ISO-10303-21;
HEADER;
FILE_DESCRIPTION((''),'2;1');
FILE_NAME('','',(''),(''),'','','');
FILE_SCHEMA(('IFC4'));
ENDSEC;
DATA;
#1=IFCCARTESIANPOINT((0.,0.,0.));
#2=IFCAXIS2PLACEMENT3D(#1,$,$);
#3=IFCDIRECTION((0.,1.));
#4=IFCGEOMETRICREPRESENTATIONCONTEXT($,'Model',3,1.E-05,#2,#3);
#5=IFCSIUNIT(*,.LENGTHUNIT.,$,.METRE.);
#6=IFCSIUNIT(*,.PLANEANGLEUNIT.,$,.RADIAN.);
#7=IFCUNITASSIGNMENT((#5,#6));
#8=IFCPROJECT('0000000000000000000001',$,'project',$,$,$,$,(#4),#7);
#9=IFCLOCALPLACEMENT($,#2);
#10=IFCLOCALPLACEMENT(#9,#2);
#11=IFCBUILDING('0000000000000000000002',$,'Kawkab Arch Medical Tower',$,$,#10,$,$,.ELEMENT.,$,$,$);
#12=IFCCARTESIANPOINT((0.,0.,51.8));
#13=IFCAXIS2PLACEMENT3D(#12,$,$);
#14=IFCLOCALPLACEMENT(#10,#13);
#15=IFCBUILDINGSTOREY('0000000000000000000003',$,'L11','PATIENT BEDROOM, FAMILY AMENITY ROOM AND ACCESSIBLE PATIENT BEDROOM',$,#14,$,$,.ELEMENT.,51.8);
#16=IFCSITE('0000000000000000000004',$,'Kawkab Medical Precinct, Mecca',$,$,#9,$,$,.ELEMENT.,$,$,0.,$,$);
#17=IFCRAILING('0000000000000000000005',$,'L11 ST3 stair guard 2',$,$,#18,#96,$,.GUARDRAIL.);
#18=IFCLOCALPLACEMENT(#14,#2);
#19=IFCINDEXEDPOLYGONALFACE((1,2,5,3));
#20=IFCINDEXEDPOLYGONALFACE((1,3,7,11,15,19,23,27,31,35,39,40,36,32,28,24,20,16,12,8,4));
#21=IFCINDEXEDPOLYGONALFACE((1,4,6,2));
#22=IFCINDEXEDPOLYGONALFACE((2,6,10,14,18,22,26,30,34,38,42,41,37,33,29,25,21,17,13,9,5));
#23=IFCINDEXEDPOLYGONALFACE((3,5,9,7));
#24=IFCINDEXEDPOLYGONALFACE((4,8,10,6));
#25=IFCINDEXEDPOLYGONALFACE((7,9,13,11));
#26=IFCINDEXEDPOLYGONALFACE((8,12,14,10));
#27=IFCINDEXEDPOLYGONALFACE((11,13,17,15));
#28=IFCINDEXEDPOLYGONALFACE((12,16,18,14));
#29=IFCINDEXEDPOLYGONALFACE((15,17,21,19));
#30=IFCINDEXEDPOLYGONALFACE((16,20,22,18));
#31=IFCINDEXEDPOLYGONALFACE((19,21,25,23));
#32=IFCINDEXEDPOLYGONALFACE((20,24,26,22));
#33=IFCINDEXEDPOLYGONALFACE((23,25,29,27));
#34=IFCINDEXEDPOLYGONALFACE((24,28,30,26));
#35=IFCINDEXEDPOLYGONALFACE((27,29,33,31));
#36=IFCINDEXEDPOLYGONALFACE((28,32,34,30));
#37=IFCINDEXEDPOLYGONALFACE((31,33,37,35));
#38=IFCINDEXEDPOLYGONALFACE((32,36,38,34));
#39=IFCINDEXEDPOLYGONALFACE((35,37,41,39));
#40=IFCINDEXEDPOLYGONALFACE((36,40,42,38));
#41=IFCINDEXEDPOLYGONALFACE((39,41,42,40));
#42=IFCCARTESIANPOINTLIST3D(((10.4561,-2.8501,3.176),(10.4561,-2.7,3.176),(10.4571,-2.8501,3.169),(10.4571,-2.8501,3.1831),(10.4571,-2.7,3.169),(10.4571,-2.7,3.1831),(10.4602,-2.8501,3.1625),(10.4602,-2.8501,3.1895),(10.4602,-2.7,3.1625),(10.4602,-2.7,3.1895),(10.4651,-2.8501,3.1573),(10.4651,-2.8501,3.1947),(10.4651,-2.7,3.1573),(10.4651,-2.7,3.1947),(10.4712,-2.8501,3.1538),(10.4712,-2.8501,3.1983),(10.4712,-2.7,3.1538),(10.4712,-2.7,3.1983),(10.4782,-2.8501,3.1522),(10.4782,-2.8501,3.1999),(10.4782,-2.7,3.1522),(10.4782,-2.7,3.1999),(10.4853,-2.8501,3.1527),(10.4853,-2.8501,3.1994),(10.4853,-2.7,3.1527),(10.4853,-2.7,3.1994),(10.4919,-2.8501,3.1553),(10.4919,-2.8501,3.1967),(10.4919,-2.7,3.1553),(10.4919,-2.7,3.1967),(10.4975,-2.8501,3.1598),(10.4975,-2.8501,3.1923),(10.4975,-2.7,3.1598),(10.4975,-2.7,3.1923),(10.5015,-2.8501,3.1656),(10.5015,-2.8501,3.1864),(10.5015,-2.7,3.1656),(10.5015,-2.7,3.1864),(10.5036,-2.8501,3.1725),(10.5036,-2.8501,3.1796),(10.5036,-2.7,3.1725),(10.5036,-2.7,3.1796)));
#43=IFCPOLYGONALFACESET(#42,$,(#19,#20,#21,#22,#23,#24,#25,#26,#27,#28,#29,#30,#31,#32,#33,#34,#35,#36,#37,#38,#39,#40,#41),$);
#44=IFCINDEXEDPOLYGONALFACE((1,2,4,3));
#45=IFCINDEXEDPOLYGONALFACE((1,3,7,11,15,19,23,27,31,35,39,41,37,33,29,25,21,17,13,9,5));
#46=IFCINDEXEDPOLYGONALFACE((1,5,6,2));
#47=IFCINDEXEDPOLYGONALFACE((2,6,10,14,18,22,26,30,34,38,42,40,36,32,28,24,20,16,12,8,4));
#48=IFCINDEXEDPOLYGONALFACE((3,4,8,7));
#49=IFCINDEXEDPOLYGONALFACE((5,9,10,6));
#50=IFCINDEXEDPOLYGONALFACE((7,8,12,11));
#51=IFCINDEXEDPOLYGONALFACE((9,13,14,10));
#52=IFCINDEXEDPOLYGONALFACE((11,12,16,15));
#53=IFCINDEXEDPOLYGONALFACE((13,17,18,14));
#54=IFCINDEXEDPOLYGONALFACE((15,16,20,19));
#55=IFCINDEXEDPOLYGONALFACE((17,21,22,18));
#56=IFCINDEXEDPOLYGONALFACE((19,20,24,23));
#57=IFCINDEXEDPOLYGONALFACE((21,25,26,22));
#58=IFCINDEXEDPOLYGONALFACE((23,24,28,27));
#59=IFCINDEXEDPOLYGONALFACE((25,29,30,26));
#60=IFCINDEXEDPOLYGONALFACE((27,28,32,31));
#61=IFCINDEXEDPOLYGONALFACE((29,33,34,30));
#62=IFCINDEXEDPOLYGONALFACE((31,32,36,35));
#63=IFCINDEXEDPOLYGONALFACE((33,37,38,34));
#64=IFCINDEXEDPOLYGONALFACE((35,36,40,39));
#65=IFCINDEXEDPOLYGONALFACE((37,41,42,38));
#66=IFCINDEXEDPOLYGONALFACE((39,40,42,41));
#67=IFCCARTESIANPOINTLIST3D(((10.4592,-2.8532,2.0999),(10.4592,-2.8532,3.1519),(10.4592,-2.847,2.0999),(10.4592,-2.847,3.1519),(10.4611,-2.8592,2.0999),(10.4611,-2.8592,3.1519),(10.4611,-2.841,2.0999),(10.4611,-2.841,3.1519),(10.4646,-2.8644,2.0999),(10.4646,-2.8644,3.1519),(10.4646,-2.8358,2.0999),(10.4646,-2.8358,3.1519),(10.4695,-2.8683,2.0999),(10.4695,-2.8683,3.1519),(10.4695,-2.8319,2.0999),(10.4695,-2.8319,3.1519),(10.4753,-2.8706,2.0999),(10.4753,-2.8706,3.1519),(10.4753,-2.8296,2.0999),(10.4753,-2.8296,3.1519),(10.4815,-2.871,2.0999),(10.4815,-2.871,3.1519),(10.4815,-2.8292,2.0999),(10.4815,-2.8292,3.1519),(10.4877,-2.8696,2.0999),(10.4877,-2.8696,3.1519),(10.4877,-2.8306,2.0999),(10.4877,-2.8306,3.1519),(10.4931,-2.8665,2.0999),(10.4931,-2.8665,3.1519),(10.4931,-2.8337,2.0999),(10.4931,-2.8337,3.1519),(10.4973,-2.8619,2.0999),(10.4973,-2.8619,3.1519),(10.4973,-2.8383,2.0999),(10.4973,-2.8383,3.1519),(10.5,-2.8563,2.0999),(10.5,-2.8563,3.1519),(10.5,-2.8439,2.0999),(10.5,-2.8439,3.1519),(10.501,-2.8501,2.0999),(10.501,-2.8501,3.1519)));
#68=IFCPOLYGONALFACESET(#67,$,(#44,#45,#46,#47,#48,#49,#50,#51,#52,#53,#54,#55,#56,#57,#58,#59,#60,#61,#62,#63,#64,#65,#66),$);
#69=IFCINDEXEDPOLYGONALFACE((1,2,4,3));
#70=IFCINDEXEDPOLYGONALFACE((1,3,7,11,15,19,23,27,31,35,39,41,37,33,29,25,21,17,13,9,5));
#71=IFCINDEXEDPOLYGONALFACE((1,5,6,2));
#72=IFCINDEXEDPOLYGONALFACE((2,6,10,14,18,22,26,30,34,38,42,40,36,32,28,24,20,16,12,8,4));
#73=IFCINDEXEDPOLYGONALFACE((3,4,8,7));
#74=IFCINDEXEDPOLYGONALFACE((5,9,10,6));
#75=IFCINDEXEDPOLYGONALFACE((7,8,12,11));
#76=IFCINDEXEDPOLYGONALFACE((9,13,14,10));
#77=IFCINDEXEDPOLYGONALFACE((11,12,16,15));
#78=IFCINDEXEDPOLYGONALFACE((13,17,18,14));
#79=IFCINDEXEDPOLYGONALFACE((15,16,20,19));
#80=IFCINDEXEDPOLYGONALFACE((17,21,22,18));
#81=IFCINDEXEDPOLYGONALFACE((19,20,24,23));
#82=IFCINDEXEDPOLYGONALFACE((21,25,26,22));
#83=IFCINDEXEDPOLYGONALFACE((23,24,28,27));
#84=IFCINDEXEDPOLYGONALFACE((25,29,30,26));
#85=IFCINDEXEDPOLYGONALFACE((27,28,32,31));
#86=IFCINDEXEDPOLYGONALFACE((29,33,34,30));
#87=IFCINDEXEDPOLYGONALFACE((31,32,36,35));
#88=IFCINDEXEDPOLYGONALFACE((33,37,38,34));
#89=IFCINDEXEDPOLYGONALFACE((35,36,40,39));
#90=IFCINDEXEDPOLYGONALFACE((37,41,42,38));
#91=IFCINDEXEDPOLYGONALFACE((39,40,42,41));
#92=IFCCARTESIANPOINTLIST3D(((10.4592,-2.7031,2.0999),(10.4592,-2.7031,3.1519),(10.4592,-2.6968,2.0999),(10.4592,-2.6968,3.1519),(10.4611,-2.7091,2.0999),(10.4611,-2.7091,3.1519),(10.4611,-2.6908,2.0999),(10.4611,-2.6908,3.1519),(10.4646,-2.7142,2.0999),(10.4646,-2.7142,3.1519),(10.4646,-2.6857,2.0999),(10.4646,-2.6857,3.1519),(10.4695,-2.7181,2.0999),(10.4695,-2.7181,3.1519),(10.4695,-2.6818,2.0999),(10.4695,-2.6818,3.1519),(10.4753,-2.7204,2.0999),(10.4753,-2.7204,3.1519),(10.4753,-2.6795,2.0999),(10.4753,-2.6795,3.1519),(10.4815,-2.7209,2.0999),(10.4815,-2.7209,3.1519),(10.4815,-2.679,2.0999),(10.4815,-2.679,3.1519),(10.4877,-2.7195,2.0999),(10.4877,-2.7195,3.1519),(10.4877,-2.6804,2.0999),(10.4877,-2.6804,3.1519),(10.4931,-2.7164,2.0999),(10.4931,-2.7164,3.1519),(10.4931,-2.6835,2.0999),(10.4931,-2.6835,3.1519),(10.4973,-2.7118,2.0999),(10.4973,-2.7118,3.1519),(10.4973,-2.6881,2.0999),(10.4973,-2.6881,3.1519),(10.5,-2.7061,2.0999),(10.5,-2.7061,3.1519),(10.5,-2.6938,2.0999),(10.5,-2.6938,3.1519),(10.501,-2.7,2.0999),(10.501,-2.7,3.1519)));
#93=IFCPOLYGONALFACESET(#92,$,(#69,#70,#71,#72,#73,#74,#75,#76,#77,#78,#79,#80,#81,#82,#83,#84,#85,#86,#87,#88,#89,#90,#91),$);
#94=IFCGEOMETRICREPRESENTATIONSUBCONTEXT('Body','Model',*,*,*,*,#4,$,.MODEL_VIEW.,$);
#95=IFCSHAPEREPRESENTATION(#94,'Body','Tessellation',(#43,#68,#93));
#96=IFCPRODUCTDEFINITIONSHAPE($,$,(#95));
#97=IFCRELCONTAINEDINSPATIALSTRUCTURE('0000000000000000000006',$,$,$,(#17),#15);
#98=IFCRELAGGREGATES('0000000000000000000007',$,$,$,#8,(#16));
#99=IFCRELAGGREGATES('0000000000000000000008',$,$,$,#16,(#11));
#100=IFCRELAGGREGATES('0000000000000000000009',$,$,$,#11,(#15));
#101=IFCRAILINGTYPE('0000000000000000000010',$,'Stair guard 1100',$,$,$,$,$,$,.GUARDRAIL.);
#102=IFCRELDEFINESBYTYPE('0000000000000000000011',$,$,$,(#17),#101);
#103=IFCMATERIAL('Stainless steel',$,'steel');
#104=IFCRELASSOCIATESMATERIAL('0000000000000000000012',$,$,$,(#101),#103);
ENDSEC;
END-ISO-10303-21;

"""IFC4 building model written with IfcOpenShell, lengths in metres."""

from ifc_helpers import new_model, si_unit, direction, frame, origin, origin_2d, place, context, subcontext, project, spatial, circle, extrude, material, type_object, element, save


model = new_model("IFC4")

# Units and contexts
model_context = context("Model", 3, precision=1e-05, world=origin(), true_north=direction((0.0, 1.0)))
body_context = subcontext(model_context, "Body", "Model", "MODEL_VIEW")
ifc_project = project(units=[si_unit("LENGTHUNIT", "METRE"), si_unit("PLANEANGLEUNIT", "RADIAN")], contexts=[model_context])

# Site, building, storey
site_placement = place(None, origin())
site = spatial("IfcSite", under=ifc_project, at=site_placement, Name="Kawkab Medical Precinct, Mecca", CompositionType="ELEMENT", RefElevation=0.0)
building_placement = place(site_placement, origin())
building = spatial("IfcBuilding", under=site, at=building_placement, Name="Kawkab Arch Medical Tower", CompositionType="ELEMENT")
storey_placement = place(building_placement, frame((0.0, 0.0, 51.8)))
storey = spatial("IfcBuildingStorey", under=building, at=storey_placement, Name="L11", Description="PATIENT BEDROOM, FAMILY AMENITY ROOM AND ACCESSIBLE PATIENT BEDROOM", CompositionType="ELEMENT", Elevation=51.8)

# Railing
ifc_material_1 = material(Name="Stainless steel", Category="steel")
railing_type = type_object("IfcRailingType", Name="Stair guard 1100", PredefinedType="GUARDRAIL", material=ifc_material_1)
railing_1_placement = place(storey_placement, frame((10.48, -2.8501, 2.0999)))
element("IfcRailing", 1, at=railing_1_placement, inside=storey, type_object=railing_type, Name="L11 ST3 stair guard 2", PredefinedType="GUARDRAIL", context=body_context, shape_type="SweptSolid", body=[
    extrude(circle(Radius=0.0239, at=origin_2d()), frame((0.0, 0.0, 1.0762), z_axis=(0.0, 1.0, 0.0), x_axis=(-1.0, 0.0, 0.0)), (0.0, 0.0, 1.0), 0.1501),
    extrude(circle(Radius=0.021, at=origin_2d()), origin(), (0.0, 0.0, 1.0), 1.052),
    extrude(circle(Radius=0.021, at=origin_2d()), frame((0.0, 0.1501, 0.0)), (0.0, 0.0, 1.0), 1.052),
])

save(model, "model.ifc")
